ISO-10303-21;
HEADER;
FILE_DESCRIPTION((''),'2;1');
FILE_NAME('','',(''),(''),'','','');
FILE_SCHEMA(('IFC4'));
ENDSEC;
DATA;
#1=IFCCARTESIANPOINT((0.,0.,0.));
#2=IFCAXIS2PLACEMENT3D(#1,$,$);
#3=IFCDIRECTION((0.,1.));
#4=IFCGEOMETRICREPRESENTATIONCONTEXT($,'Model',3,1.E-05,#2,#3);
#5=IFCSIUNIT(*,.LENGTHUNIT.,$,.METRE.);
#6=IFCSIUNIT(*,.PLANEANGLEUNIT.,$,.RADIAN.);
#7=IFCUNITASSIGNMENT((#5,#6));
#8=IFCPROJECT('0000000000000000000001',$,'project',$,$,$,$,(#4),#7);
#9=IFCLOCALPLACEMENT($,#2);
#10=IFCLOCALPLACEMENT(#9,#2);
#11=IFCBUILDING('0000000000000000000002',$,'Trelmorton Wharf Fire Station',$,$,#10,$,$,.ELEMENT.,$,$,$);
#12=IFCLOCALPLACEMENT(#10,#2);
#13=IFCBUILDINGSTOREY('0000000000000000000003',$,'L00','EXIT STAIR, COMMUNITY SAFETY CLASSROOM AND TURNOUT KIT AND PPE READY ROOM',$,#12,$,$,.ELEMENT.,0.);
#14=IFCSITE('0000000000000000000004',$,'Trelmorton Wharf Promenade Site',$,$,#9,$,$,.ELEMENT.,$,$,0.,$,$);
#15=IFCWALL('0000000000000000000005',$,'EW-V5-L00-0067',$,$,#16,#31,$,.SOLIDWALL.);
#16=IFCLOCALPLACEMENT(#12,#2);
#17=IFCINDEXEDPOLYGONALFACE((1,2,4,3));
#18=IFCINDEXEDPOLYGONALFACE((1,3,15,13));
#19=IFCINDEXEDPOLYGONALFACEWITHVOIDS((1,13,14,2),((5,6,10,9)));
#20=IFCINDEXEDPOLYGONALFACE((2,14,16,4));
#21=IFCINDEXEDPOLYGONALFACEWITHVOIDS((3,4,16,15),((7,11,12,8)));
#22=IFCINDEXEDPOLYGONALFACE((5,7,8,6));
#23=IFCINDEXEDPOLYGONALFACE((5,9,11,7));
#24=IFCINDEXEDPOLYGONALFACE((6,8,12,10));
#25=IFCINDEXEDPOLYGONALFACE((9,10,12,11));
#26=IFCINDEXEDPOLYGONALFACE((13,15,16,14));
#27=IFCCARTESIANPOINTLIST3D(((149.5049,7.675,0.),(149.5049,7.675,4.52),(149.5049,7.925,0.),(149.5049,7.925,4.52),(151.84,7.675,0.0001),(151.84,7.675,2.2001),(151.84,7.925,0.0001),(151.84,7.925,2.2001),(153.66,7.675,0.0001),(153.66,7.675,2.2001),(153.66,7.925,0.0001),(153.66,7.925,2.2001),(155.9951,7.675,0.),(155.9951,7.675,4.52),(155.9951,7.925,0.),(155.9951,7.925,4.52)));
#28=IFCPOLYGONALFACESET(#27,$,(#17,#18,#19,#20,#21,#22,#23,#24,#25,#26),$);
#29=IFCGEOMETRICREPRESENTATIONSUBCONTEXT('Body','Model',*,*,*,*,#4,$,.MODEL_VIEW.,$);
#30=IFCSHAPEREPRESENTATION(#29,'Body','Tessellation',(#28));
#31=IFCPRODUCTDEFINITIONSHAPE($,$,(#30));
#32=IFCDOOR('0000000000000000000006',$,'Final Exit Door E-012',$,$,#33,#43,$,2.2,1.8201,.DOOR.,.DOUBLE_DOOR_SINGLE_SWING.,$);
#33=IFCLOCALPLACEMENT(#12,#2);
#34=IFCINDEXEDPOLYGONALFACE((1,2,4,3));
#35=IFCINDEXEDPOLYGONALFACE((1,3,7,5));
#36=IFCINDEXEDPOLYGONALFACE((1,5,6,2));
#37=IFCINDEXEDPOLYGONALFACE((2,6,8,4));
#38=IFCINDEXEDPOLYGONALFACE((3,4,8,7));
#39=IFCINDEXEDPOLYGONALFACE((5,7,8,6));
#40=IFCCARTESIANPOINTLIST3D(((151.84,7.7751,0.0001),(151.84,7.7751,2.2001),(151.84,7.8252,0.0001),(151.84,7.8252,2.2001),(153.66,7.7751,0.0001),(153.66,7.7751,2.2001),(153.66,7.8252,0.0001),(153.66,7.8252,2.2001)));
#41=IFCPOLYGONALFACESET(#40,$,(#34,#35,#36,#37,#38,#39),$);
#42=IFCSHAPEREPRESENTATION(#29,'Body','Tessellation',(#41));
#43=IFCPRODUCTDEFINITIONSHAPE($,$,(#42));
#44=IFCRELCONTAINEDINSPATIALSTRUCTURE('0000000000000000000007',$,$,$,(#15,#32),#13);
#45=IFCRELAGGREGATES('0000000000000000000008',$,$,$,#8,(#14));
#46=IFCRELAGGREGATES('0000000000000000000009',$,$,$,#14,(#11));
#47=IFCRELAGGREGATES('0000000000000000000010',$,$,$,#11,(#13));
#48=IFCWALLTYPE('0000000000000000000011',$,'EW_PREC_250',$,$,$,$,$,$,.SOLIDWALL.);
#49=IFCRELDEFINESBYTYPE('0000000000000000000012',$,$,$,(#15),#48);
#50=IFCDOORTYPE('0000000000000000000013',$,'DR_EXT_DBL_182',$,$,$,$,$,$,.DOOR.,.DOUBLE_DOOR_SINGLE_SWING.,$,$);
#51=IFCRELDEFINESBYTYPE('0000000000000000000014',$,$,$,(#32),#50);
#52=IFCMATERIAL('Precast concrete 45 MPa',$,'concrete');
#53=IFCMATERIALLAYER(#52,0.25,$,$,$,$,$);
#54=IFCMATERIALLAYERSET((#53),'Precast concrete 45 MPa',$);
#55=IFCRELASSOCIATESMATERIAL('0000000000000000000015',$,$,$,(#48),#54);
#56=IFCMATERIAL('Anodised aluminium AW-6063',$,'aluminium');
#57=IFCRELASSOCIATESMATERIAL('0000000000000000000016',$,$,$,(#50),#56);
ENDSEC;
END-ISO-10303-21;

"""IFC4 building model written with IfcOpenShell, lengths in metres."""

from ifc_helpers import new_model, si_unit, direction, frame, frame_2d, origin, place, context, subcontext, project, spatial, rectangle, extrude, material, layer, layer_set, type_object, element, fill, save


model = new_model("IFC4")

# Units and contexts
model_context = context("Model", 3, precision=1e-05, world=origin(), true_north=direction((0.0, 1.0)))
body_context = subcontext(model_context, "Body", "Model", "MODEL_VIEW")
ifc_project = project(units=[si_unit("LENGTHUNIT", "METRE"), si_unit("PLANEANGLEUNIT", "RADIAN")], contexts=[model_context])

# Site, building, storey
site_placement = place(None, origin())
site = spatial("IfcSite", under=ifc_project, at=site_placement, Name="Trelmorton Wharf Promenade Site", CompositionType="ELEMENT", RefElevation=0.0)
building_placement = place(site_placement, origin())
building = spatial("IfcBuilding", under=site, at=building_placement, Name="Trelmorton Wharf Fire Station", CompositionType="ELEMENT")
storey_placement = place(building_placement, origin())
storey = spatial("IfcBuildingStorey", under=building, at=storey_placement, Name="L00", Description="EXIT STAIR, COMMUNITY SAFETY CLASSROOM AND TURNOUT KIT AND PPE READY ROOM", CompositionType="ELEMENT", Elevation=0.0)

# Shared definitions
ifc_material_1 = material(Name="Anodised aluminium AW-6063", Category="aluminium")

# Wall, opening, door
ifc_material_2 = material(Name="Precast concrete 45 MPa", Category="concrete")
ifc_layer_1 = layer(ifc_material_2, 0.25)
ifc_layer_set_1 = layer_set([ifc_layer_1], Name="Precast concrete 45 MPa")
wall_type = type_object("IfcWallType", Name="EW_PREC_250", PredefinedType="SOLIDWALL", material=ifc_layer_set_1)
wall_placement = place(storey_placement, frame((155.9951, 7.8, 0.0), z_axis=(0.0, 0.0, 1.0), x_axis=(-1.0, 0.0, 0.0)))
wall = element("IfcWall", 1, at=wall_placement, inside=storey, type_object=wall_type, Name="EW-V5-L00-0067", PredefinedType="SOLIDWALL", context=body_context, shape_type="SweptSolid", body=[
    extrude(rectangle(XDim=6.4902, YDim=0.25, at=frame_2d((3.2451, 0.0))), origin(), (0.0, 0.0, 1.0), 4.52),
])
opening_placement = place(wall_placement, frame((2.335, 0.0, 0.0)))
opening = element("IfcOpeningElement", 2, at=opening_placement, cuts=wall, PredefinedType="OPENING", context=body_context, shape_type="SweptSolid", body=[
    extrude(rectangle(XDim=1.8201, YDim=2.2, at=frame_2d((0.9102, 1.1001))), frame((0.0, 0.135, 0.0), z_axis=(0.0, -1.0, 0.0), x_axis=(1.0, 0.0, 0.0)), (0.0, 0.0, 1.0), 0.27),
])
door_type = type_object("IfcDoorType", Name="DR_EXT_DBL_182", OperationType="DOUBLE_DOOR_SINGLE_SWING", PredefinedType="DOOR", material=ifc_material_1)
door_placement = place(opening_placement, origin())
door = element("IfcDoor", 3, at=door_placement, inside=storey, type_object=door_type, Name="Final Exit Door E-012", OperationType="DOUBLE_DOOR_SINGLE_SWING", OverallHeight=2.2, OverallWidth=1.8201, PredefinedType="DOOR", context=body_context, shape_type="SweptSolid", body=[
    extrude(rectangle(XDim=1.8201, YDim=2.2, at=frame_2d((0.9102, 1.1001))), frame((0.0, 0.0249, 0.0), z_axis=(0.0, -1.0, 0.0), x_axis=(1.0, 0.0, 0.0)), (0.0, 0.0, 1.0), 0.05),
])
fill(opening, door)

save(model, "model.ifc")
